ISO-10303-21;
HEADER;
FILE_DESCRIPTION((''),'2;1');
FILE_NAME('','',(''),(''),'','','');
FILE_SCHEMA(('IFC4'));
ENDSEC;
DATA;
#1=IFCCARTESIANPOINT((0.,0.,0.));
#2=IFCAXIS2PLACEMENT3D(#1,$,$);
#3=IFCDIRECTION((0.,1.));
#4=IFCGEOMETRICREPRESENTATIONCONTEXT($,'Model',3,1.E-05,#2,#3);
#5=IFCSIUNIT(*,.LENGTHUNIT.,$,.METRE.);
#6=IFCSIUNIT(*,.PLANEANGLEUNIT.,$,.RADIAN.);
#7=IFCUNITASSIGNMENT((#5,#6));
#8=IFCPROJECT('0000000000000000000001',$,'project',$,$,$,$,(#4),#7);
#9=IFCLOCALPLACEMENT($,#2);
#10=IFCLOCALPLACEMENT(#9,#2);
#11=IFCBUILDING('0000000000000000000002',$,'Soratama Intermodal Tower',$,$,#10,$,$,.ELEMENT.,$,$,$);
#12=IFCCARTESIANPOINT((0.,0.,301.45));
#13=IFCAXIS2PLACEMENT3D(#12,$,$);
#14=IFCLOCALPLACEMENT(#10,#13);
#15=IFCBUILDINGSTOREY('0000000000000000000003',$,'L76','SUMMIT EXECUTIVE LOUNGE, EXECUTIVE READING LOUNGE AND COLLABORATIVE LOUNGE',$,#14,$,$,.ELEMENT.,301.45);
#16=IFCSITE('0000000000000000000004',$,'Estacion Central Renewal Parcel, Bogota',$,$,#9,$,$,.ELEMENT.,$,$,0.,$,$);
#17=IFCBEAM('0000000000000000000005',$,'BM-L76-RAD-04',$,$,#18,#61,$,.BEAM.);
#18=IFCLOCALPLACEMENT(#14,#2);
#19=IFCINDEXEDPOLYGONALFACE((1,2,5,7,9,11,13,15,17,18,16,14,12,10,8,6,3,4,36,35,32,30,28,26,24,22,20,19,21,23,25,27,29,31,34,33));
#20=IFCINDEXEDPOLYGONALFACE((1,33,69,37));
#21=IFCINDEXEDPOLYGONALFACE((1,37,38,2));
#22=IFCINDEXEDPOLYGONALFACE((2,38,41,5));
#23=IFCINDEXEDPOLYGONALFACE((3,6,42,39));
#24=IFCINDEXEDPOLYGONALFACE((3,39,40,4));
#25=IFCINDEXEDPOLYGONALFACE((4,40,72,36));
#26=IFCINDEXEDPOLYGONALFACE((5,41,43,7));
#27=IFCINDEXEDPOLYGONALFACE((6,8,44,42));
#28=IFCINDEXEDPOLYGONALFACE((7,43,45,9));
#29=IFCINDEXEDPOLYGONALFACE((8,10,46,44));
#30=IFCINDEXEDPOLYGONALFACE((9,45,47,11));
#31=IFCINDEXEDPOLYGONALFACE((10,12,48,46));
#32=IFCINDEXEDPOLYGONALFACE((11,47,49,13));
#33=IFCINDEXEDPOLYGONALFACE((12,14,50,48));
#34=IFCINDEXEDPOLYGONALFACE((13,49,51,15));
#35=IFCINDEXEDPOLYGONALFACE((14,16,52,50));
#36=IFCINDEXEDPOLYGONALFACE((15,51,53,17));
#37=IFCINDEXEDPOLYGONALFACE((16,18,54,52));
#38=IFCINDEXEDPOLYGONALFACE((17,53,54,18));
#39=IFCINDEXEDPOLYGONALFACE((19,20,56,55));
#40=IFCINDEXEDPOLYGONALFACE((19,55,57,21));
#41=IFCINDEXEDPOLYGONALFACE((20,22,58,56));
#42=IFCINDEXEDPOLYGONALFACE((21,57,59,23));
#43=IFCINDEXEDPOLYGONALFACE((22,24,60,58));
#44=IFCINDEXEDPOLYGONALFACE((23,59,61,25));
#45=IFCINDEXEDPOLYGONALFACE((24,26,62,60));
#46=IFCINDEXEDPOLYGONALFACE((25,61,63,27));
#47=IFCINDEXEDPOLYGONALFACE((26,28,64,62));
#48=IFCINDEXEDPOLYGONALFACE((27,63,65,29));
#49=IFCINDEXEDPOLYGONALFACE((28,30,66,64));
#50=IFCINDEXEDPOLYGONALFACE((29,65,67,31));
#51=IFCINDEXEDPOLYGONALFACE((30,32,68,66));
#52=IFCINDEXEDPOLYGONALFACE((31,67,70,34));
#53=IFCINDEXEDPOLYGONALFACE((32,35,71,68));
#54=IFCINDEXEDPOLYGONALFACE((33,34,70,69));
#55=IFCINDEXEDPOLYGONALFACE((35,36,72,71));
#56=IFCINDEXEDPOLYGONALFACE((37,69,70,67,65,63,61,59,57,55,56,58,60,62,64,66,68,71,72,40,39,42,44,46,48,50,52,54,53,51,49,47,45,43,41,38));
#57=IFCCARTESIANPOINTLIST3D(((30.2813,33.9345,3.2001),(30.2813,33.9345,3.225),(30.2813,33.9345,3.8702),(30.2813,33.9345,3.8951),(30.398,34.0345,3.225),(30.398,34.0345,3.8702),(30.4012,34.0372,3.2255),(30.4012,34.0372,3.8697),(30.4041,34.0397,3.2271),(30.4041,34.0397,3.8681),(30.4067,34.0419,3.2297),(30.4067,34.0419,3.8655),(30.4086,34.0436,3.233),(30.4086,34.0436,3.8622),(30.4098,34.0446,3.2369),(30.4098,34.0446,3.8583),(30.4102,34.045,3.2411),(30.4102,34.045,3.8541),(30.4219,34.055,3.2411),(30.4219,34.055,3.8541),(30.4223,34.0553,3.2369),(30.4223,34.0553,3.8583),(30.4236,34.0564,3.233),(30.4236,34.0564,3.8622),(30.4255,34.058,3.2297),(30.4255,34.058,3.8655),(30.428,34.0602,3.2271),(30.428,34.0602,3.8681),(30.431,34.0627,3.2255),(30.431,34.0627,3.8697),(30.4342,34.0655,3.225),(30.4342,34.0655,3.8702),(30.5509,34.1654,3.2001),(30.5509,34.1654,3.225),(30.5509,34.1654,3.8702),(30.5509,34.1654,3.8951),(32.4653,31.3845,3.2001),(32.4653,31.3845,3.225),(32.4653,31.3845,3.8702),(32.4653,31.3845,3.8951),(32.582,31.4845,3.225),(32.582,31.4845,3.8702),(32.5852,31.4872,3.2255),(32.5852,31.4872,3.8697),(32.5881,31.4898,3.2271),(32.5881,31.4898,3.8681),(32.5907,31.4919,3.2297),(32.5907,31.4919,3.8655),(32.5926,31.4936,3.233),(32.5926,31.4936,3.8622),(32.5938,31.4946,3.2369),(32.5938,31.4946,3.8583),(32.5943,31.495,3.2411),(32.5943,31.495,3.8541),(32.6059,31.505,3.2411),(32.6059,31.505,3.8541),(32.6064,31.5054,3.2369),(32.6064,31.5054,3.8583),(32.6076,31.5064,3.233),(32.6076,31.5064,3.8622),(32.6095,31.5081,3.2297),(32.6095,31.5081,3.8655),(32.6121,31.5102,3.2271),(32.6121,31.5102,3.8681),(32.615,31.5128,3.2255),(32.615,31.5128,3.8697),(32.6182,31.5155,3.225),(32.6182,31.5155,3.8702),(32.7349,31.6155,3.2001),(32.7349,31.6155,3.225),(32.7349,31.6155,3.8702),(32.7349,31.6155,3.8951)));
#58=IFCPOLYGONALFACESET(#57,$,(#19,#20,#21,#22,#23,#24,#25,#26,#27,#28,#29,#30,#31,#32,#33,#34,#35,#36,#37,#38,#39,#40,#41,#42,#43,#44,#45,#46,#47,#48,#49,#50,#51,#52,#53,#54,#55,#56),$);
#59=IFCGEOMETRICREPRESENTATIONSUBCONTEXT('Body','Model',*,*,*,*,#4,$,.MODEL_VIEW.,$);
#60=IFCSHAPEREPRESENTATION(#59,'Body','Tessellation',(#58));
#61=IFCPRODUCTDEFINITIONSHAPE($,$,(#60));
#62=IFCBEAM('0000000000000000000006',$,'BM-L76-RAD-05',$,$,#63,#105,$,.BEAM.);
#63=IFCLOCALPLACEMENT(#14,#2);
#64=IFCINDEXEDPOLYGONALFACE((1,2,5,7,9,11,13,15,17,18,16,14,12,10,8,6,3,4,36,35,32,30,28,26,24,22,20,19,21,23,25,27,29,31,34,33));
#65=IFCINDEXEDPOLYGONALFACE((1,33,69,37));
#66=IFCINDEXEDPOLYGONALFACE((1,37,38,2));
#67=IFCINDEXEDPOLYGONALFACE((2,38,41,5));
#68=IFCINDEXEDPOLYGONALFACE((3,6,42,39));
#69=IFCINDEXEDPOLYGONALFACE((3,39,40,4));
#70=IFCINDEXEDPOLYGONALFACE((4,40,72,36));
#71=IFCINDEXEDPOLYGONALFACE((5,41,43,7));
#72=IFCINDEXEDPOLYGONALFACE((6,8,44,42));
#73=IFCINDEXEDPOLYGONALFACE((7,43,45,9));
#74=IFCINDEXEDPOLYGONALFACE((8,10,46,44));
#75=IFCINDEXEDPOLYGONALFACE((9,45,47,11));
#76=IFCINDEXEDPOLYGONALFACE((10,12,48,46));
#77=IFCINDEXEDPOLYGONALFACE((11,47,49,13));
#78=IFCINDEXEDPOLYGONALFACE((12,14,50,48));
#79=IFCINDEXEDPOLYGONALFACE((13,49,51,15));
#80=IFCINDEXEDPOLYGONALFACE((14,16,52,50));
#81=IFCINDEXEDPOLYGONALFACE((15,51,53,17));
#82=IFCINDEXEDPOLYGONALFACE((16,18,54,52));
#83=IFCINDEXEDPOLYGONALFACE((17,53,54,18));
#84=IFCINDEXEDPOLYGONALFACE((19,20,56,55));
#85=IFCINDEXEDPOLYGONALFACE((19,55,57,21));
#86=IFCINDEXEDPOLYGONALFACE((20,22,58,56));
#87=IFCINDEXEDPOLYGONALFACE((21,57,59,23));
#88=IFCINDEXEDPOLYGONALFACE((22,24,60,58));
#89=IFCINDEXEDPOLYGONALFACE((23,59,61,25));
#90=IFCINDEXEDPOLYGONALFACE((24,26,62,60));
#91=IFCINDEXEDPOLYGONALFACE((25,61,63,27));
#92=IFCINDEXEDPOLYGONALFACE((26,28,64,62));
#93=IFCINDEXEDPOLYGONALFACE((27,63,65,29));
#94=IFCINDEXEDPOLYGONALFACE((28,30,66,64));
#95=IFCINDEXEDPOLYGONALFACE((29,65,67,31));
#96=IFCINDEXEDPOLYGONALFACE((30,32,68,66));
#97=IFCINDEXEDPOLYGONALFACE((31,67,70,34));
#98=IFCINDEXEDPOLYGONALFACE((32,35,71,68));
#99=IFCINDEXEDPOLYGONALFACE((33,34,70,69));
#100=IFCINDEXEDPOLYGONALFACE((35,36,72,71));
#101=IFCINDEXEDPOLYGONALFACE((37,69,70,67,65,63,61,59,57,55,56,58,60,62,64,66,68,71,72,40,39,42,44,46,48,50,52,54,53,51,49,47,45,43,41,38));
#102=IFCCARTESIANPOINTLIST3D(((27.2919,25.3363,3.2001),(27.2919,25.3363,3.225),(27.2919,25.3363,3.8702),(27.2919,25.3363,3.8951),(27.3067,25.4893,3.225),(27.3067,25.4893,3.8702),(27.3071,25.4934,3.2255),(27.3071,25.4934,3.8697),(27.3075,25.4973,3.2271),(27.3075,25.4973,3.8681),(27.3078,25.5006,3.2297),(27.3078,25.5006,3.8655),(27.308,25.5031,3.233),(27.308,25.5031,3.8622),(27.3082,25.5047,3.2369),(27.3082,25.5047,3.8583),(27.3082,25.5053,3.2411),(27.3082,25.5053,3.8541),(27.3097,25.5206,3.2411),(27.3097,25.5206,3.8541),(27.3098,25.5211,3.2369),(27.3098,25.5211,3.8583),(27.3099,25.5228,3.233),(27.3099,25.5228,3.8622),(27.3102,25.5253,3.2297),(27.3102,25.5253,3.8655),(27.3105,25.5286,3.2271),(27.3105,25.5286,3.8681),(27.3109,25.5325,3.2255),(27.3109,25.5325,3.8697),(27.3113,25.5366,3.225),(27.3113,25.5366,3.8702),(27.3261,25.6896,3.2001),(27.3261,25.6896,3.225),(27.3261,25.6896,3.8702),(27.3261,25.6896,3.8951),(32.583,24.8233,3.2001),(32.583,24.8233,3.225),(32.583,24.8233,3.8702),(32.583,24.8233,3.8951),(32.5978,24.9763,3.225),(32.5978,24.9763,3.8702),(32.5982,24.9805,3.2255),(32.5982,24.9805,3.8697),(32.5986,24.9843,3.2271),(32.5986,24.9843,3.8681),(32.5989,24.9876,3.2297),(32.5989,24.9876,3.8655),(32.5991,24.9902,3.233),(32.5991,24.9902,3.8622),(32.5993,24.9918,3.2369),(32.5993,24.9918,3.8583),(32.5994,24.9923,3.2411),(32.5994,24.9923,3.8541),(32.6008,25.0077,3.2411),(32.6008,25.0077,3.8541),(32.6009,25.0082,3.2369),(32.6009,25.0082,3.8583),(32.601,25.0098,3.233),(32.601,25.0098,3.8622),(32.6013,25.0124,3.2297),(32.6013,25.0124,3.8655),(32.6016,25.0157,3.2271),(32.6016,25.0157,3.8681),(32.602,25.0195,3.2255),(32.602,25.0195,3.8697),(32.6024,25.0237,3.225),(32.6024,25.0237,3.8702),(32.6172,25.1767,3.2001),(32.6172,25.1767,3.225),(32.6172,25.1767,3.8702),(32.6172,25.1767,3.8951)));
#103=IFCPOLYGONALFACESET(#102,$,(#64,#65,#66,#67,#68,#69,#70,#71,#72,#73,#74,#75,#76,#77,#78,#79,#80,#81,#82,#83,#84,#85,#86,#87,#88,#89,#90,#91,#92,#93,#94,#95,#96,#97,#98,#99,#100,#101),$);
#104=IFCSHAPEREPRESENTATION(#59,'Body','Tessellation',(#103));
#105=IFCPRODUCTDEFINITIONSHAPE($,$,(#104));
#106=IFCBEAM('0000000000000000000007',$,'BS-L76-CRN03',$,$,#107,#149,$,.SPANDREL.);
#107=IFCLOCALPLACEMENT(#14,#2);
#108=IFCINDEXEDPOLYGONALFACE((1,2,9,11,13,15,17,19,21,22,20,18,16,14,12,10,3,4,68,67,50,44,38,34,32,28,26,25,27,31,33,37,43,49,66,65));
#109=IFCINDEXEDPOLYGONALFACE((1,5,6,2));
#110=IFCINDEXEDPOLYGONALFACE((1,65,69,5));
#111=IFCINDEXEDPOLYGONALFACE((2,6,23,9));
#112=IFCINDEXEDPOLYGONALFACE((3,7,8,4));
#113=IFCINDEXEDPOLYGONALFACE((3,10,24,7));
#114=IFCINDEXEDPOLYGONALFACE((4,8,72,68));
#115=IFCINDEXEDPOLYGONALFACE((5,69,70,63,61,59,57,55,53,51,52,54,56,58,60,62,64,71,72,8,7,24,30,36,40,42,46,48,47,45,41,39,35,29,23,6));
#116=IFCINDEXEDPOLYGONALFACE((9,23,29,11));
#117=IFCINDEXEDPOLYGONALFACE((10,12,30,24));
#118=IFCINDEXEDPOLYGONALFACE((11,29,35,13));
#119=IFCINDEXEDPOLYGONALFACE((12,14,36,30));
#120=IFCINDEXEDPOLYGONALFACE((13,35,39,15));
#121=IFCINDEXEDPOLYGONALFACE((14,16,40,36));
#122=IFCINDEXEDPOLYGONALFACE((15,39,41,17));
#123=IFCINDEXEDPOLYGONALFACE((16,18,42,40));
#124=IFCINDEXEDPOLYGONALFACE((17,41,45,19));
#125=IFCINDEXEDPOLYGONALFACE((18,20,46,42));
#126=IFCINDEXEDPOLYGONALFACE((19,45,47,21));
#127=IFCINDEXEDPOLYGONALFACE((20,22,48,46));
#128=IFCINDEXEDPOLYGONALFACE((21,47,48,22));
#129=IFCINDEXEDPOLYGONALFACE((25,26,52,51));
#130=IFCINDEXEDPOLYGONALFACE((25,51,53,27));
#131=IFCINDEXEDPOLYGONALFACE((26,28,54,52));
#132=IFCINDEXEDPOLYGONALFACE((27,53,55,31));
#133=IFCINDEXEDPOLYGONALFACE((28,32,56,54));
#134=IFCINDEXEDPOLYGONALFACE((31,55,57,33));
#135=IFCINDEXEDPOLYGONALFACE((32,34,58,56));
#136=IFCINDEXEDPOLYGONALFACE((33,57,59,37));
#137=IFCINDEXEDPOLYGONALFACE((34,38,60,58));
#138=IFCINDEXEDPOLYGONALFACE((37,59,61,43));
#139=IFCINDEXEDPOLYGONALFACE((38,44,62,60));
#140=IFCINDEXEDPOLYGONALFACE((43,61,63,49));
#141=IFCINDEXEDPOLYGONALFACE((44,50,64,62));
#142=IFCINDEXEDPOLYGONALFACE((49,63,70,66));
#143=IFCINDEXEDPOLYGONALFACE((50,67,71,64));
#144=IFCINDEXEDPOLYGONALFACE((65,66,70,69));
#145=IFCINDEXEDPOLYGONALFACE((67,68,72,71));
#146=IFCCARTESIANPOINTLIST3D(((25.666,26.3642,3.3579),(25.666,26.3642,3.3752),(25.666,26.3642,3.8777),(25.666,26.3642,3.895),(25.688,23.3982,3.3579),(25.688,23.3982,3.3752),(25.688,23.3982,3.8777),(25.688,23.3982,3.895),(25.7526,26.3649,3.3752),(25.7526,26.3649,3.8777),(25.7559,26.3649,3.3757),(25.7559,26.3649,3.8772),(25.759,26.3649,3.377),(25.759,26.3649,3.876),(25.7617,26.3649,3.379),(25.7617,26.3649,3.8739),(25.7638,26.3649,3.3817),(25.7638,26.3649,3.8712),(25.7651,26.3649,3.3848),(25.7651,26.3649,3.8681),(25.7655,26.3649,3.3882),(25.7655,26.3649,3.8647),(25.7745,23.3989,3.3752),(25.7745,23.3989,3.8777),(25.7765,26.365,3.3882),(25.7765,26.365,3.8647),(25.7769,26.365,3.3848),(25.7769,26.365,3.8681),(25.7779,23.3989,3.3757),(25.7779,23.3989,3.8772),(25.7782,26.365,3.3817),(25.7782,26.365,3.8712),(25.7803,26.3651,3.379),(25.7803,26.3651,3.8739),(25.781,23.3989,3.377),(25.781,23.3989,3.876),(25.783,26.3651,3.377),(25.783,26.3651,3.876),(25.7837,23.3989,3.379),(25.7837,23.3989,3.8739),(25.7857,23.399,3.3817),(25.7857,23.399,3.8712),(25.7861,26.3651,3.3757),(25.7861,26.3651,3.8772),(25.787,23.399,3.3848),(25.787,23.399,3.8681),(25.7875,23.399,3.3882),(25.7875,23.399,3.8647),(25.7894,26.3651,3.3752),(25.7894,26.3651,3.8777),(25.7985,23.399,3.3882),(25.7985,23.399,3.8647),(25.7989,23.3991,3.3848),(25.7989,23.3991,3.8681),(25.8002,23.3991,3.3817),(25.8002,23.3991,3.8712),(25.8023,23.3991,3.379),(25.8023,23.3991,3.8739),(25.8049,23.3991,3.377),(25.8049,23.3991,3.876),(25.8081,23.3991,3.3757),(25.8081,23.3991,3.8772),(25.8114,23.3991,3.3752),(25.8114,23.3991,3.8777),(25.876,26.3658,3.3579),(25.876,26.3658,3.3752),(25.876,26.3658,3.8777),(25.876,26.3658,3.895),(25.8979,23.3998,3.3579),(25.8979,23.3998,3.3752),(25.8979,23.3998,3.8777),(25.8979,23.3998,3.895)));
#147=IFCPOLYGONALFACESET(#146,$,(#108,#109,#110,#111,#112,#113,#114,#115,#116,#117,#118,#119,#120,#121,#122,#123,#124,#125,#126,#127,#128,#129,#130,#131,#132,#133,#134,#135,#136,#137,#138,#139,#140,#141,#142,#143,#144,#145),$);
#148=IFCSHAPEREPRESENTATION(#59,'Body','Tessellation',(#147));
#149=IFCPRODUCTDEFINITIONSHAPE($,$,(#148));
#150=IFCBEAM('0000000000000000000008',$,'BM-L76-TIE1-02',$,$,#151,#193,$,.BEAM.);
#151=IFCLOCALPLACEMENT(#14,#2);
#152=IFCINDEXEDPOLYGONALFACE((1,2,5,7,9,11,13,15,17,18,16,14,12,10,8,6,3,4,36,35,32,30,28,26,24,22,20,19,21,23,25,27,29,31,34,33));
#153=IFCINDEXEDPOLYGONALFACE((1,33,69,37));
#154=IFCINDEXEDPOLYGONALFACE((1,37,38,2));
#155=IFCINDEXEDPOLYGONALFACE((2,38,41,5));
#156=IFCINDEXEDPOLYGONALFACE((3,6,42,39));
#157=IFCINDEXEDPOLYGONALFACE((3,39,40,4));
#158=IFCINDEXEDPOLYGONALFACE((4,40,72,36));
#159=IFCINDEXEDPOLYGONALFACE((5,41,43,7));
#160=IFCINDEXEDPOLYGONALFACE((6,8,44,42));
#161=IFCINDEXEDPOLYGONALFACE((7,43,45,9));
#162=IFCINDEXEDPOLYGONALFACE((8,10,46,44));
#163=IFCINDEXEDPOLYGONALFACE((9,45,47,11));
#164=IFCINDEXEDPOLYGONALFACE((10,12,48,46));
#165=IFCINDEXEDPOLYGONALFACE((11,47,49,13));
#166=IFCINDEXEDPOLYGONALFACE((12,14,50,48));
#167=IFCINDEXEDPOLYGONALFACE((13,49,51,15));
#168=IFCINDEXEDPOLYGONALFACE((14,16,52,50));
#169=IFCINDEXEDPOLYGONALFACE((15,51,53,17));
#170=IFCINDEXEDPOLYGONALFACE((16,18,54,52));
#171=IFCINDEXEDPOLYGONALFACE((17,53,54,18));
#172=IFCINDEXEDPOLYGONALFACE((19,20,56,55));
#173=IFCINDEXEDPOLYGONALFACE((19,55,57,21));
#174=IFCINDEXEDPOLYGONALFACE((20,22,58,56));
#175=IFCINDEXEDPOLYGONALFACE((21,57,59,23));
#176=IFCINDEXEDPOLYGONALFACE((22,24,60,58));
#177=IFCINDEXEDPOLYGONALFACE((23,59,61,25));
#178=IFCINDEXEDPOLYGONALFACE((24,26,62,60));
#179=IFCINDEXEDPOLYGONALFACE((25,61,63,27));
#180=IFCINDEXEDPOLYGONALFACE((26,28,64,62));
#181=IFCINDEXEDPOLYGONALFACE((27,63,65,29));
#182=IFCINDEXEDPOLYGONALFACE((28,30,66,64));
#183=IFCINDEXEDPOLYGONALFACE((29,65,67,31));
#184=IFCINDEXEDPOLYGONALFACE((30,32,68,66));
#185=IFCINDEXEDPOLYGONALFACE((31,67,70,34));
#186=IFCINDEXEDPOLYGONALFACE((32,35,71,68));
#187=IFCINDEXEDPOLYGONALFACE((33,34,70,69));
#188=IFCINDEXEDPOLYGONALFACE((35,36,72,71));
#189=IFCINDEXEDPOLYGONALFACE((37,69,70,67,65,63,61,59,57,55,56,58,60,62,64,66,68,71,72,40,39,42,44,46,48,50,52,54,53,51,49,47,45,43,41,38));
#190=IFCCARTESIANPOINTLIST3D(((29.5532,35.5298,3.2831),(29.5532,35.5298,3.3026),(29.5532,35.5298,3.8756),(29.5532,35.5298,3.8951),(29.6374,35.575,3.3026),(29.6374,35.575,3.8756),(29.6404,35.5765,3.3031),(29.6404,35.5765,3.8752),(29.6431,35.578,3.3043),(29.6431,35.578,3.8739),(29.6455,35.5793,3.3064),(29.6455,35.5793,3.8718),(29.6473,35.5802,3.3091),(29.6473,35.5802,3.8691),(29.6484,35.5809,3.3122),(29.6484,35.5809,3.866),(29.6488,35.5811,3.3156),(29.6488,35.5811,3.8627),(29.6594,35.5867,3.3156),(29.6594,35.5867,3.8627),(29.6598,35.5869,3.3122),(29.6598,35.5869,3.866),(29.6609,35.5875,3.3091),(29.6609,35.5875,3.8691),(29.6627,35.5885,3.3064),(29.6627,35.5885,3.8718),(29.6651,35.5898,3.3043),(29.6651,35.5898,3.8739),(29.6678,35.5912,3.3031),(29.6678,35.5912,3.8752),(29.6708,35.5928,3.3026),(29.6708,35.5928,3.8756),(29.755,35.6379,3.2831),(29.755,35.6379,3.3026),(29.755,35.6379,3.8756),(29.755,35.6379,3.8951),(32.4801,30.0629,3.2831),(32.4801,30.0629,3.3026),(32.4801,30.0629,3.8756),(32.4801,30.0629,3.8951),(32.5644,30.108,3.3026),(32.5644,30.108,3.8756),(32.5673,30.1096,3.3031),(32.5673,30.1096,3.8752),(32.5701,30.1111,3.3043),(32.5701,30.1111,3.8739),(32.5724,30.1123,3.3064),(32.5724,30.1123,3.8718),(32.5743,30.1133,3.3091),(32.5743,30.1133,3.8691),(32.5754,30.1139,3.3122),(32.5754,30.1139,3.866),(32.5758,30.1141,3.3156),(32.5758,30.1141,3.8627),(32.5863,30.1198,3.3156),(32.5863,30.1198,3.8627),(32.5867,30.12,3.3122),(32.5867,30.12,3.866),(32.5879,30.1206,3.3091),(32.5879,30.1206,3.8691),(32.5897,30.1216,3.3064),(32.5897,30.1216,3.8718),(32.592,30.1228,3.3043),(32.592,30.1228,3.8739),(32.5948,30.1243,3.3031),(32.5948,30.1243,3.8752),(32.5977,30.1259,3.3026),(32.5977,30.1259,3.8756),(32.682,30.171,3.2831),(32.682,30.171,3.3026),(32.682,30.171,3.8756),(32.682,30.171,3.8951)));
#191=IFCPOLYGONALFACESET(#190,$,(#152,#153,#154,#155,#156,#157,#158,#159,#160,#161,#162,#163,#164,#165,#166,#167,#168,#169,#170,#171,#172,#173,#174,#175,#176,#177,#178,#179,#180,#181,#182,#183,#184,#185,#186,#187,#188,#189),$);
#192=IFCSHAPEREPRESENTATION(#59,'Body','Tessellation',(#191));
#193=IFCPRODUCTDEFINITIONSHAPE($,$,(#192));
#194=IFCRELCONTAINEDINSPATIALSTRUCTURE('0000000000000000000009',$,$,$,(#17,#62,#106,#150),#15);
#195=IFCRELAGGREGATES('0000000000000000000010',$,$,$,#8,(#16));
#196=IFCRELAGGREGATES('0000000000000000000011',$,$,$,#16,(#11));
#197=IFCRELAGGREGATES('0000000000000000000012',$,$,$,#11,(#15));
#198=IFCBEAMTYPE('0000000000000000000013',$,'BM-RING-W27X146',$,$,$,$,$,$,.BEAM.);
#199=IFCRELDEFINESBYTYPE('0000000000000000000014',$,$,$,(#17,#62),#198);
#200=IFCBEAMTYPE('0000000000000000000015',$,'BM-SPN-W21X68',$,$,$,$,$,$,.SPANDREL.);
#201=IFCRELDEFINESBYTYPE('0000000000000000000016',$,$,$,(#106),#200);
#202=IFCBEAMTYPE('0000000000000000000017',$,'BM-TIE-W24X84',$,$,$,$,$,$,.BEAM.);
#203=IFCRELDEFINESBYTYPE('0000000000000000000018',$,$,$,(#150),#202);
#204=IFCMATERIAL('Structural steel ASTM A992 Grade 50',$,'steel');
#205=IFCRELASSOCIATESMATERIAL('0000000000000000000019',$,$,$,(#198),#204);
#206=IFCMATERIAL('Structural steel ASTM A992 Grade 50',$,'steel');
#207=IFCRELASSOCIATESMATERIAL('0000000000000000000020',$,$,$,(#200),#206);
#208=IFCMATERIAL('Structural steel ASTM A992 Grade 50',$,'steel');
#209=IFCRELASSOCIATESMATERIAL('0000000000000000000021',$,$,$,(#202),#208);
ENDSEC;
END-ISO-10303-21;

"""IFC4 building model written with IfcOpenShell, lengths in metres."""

from ifc_helpers import new_model, si_unit, direction, frame, origin, origin_2d, place, context, subcontext, project, spatial, i_section, extrude, material, material_profile, profile_set, type_object, element, save


model = new_model("IFC4")

# Units and contexts
model_context = context("Model", 3, precision=1e-05, world=origin(), true_north=direction((0.0, 1.0)))
body_context = subcontext(model_context, "Body", "Model", "MODEL_VIEW")
ifc_project = project(units=[si_unit("LENGTHUNIT", "METRE"), si_unit("PLANEANGLEUNIT", "RADIAN")], contexts=[model_context])

# Site, building, storey
site_placement = place(None, origin())
site = spatial("IfcSite", under=ifc_project, at=site_placement, Name="Estacion Central Renewal Parcel, Bogota", CompositionType="ELEMENT", RefElevation=0.0)
building_placement = place(site_placement, origin())
building = spatial("IfcBuilding", under=site, at=building_placement, Name="Soratama Intermodal Tower", CompositionType="ELEMENT")
storey_placement = place(building_placement, frame((0.0, 0.0, 301.45)))
storey = spatial("IfcBuildingStorey", under=building, at=storey_placement, Name="L76", Description="SUMMIT EXECUTIVE LOUNGE, EXECUTIVE READING LOUNGE AND COLLABORATIVE LOUNGE", CompositionType="ELEMENT", Elevation=301.45)

# Beams
ifc_material_1 = material(Name="Structural steel ASTM A992 Grade 50", Category="steel")
ifc_material_profile_1 = material_profile(ifc_material_1, i_section(OverallWidth=0.355, OverallDepth=0.6951, WebThickness=0.0154, FlangeThickness=0.0249, FilletRadius=0.0161, at=origin_2d()), Name="W27X146")
ifc_profile_set_1 = profile_set([ifc_material_profile_1], Name="Structural steel ASTM A992 Grade 50")
beam_type_1 = type_object("IfcBeamType", Name="BM-RING-W27X146", PredefinedType="BEAM", material=ifc_profile_set_1)
beam_1_placement = place(storey_placement, frame((32.6001, 31.5, 3.5476), z_axis=(-0.650504, 0.759503, 0.0), x_axis=(-0.759503, -0.650504, 0.0)))
element("IfcBeam", 1, at=beam_1_placement, inside=storey, type_object=beam_type_1, Name="BM-L76-RAD-04", PredefinedType="BEAM", context=body_context, shape_type="SweptSolid", body=[
    extrude(i_section(OverallWidth=0.355, OverallDepth=0.6951, WebThickness=0.0154, FlangeThickness=0.0249, FilletRadius=0.0161, at=origin_2d()), origin(), (0.0, 0.0, 1.0), 3.3574),
])
beam_2_placement = place(storey_placement, frame((32.6001, 25.0, 3.5476), z_axis=(-0.995334, 0.096493, 0.0), x_axis=(-0.096493, -0.995334, 0.0)))
element("IfcBeam", 2, at=beam_2_placement, inside=storey, type_object=beam_type_1, Name="BM-L76-RAD-05", PredefinedType="BEAM", context=body_context, shape_type="SweptSolid", body=[
    extrude(i_section(OverallWidth=0.355, OverallDepth=0.6951, WebThickness=0.0154, FlangeThickness=0.0249, FilletRadius=0.0161, at=origin_2d()), origin(), (0.0, 0.0, 1.0), 5.3159),
])
ifc_material_2 = material(Name="Structural steel ASTM A992 Grade 50", Category="steel")
ifc_material_profile_2 = material_profile(ifc_material_2, i_section(OverallWidth=0.21, OverallDepth=0.5371, WebThickness=0.011, FlangeThickness=0.0173, FilletRadius=0.0129, at=origin_2d()), Name="W21X68")
ifc_profile_set_2 = profile_set([ifc_material_profile_2], Name="Structural steel ASTM A992 Grade 50")
beam_type_2 = type_object("IfcBeamType", Name="BM-SPN-W21X68", PredefinedType="SPANDREL", material=ifc_profile_set_2)
beam_3_placement = place(storey_placement, frame((25.771, 26.365, 3.6265), z_axis=(0.007408, -0.999973, 0.0), x_axis=(0.999973, 0.007408, 0.0)))
element("IfcBeam", 3, at=beam_3_placement, inside=storey, type_object=beam_type_2, Name="BS-L76-CRN03", PredefinedType="SPANDREL", context=body_context, shape_type="SweptSolid", body=[
    extrude(i_section(OverallWidth=0.21, OverallDepth=0.5371, WebThickness=0.011, FlangeThickness=0.0173, FilletRadius=0.0129, at=origin_2d()), origin(), (0.0, 0.0, 1.0), 2.9661),
])
ifc_material_3 = material(Name="Structural steel ASTM A992 Grade 50", Category="steel")
ifc_material_profile_3 = material_profile(ifc_material_3, i_section(OverallWidth=0.229, OverallDepth=0.6121, WebThickness=0.012, FlangeThickness=0.0195, FilletRadius=0.0129, at=origin_2d()), Name="W24X84")
ifc_profile_set_3 = profile_set([ifc_material_profile_3], Name="Structural steel ASTM A992 Grade 50")
beam_type_3 = type_object("IfcBeamType", Name="BM-TIE-W24X84", PredefinedType="BEAM", material=ifc_profile_set_3)
beam_4_placement = place(storey_placement, frame((32.5811, 30.1169, 3.5891), z_axis=(-0.472, 0.881599, 0.0), x_axis=(-0.881599, -0.472, 0.0)))
element("IfcBeam", 4, at=beam_4_placement, inside=storey, type_object=beam_type_3, Name="BM-L76-TIE1-02", PredefinedType="BEAM", context=body_context, shape_type="SweptSolid", body=[
    extrude(i_section(OverallWidth=0.229, OverallDepth=0.6121, WebThickness=0.012, FlangeThickness=0.0195, FilletRadius=0.0129, at=origin_2d()), origin(), (0.0, 0.0, 1.0), 6.2012),
])

save(model, "model.ifc")
